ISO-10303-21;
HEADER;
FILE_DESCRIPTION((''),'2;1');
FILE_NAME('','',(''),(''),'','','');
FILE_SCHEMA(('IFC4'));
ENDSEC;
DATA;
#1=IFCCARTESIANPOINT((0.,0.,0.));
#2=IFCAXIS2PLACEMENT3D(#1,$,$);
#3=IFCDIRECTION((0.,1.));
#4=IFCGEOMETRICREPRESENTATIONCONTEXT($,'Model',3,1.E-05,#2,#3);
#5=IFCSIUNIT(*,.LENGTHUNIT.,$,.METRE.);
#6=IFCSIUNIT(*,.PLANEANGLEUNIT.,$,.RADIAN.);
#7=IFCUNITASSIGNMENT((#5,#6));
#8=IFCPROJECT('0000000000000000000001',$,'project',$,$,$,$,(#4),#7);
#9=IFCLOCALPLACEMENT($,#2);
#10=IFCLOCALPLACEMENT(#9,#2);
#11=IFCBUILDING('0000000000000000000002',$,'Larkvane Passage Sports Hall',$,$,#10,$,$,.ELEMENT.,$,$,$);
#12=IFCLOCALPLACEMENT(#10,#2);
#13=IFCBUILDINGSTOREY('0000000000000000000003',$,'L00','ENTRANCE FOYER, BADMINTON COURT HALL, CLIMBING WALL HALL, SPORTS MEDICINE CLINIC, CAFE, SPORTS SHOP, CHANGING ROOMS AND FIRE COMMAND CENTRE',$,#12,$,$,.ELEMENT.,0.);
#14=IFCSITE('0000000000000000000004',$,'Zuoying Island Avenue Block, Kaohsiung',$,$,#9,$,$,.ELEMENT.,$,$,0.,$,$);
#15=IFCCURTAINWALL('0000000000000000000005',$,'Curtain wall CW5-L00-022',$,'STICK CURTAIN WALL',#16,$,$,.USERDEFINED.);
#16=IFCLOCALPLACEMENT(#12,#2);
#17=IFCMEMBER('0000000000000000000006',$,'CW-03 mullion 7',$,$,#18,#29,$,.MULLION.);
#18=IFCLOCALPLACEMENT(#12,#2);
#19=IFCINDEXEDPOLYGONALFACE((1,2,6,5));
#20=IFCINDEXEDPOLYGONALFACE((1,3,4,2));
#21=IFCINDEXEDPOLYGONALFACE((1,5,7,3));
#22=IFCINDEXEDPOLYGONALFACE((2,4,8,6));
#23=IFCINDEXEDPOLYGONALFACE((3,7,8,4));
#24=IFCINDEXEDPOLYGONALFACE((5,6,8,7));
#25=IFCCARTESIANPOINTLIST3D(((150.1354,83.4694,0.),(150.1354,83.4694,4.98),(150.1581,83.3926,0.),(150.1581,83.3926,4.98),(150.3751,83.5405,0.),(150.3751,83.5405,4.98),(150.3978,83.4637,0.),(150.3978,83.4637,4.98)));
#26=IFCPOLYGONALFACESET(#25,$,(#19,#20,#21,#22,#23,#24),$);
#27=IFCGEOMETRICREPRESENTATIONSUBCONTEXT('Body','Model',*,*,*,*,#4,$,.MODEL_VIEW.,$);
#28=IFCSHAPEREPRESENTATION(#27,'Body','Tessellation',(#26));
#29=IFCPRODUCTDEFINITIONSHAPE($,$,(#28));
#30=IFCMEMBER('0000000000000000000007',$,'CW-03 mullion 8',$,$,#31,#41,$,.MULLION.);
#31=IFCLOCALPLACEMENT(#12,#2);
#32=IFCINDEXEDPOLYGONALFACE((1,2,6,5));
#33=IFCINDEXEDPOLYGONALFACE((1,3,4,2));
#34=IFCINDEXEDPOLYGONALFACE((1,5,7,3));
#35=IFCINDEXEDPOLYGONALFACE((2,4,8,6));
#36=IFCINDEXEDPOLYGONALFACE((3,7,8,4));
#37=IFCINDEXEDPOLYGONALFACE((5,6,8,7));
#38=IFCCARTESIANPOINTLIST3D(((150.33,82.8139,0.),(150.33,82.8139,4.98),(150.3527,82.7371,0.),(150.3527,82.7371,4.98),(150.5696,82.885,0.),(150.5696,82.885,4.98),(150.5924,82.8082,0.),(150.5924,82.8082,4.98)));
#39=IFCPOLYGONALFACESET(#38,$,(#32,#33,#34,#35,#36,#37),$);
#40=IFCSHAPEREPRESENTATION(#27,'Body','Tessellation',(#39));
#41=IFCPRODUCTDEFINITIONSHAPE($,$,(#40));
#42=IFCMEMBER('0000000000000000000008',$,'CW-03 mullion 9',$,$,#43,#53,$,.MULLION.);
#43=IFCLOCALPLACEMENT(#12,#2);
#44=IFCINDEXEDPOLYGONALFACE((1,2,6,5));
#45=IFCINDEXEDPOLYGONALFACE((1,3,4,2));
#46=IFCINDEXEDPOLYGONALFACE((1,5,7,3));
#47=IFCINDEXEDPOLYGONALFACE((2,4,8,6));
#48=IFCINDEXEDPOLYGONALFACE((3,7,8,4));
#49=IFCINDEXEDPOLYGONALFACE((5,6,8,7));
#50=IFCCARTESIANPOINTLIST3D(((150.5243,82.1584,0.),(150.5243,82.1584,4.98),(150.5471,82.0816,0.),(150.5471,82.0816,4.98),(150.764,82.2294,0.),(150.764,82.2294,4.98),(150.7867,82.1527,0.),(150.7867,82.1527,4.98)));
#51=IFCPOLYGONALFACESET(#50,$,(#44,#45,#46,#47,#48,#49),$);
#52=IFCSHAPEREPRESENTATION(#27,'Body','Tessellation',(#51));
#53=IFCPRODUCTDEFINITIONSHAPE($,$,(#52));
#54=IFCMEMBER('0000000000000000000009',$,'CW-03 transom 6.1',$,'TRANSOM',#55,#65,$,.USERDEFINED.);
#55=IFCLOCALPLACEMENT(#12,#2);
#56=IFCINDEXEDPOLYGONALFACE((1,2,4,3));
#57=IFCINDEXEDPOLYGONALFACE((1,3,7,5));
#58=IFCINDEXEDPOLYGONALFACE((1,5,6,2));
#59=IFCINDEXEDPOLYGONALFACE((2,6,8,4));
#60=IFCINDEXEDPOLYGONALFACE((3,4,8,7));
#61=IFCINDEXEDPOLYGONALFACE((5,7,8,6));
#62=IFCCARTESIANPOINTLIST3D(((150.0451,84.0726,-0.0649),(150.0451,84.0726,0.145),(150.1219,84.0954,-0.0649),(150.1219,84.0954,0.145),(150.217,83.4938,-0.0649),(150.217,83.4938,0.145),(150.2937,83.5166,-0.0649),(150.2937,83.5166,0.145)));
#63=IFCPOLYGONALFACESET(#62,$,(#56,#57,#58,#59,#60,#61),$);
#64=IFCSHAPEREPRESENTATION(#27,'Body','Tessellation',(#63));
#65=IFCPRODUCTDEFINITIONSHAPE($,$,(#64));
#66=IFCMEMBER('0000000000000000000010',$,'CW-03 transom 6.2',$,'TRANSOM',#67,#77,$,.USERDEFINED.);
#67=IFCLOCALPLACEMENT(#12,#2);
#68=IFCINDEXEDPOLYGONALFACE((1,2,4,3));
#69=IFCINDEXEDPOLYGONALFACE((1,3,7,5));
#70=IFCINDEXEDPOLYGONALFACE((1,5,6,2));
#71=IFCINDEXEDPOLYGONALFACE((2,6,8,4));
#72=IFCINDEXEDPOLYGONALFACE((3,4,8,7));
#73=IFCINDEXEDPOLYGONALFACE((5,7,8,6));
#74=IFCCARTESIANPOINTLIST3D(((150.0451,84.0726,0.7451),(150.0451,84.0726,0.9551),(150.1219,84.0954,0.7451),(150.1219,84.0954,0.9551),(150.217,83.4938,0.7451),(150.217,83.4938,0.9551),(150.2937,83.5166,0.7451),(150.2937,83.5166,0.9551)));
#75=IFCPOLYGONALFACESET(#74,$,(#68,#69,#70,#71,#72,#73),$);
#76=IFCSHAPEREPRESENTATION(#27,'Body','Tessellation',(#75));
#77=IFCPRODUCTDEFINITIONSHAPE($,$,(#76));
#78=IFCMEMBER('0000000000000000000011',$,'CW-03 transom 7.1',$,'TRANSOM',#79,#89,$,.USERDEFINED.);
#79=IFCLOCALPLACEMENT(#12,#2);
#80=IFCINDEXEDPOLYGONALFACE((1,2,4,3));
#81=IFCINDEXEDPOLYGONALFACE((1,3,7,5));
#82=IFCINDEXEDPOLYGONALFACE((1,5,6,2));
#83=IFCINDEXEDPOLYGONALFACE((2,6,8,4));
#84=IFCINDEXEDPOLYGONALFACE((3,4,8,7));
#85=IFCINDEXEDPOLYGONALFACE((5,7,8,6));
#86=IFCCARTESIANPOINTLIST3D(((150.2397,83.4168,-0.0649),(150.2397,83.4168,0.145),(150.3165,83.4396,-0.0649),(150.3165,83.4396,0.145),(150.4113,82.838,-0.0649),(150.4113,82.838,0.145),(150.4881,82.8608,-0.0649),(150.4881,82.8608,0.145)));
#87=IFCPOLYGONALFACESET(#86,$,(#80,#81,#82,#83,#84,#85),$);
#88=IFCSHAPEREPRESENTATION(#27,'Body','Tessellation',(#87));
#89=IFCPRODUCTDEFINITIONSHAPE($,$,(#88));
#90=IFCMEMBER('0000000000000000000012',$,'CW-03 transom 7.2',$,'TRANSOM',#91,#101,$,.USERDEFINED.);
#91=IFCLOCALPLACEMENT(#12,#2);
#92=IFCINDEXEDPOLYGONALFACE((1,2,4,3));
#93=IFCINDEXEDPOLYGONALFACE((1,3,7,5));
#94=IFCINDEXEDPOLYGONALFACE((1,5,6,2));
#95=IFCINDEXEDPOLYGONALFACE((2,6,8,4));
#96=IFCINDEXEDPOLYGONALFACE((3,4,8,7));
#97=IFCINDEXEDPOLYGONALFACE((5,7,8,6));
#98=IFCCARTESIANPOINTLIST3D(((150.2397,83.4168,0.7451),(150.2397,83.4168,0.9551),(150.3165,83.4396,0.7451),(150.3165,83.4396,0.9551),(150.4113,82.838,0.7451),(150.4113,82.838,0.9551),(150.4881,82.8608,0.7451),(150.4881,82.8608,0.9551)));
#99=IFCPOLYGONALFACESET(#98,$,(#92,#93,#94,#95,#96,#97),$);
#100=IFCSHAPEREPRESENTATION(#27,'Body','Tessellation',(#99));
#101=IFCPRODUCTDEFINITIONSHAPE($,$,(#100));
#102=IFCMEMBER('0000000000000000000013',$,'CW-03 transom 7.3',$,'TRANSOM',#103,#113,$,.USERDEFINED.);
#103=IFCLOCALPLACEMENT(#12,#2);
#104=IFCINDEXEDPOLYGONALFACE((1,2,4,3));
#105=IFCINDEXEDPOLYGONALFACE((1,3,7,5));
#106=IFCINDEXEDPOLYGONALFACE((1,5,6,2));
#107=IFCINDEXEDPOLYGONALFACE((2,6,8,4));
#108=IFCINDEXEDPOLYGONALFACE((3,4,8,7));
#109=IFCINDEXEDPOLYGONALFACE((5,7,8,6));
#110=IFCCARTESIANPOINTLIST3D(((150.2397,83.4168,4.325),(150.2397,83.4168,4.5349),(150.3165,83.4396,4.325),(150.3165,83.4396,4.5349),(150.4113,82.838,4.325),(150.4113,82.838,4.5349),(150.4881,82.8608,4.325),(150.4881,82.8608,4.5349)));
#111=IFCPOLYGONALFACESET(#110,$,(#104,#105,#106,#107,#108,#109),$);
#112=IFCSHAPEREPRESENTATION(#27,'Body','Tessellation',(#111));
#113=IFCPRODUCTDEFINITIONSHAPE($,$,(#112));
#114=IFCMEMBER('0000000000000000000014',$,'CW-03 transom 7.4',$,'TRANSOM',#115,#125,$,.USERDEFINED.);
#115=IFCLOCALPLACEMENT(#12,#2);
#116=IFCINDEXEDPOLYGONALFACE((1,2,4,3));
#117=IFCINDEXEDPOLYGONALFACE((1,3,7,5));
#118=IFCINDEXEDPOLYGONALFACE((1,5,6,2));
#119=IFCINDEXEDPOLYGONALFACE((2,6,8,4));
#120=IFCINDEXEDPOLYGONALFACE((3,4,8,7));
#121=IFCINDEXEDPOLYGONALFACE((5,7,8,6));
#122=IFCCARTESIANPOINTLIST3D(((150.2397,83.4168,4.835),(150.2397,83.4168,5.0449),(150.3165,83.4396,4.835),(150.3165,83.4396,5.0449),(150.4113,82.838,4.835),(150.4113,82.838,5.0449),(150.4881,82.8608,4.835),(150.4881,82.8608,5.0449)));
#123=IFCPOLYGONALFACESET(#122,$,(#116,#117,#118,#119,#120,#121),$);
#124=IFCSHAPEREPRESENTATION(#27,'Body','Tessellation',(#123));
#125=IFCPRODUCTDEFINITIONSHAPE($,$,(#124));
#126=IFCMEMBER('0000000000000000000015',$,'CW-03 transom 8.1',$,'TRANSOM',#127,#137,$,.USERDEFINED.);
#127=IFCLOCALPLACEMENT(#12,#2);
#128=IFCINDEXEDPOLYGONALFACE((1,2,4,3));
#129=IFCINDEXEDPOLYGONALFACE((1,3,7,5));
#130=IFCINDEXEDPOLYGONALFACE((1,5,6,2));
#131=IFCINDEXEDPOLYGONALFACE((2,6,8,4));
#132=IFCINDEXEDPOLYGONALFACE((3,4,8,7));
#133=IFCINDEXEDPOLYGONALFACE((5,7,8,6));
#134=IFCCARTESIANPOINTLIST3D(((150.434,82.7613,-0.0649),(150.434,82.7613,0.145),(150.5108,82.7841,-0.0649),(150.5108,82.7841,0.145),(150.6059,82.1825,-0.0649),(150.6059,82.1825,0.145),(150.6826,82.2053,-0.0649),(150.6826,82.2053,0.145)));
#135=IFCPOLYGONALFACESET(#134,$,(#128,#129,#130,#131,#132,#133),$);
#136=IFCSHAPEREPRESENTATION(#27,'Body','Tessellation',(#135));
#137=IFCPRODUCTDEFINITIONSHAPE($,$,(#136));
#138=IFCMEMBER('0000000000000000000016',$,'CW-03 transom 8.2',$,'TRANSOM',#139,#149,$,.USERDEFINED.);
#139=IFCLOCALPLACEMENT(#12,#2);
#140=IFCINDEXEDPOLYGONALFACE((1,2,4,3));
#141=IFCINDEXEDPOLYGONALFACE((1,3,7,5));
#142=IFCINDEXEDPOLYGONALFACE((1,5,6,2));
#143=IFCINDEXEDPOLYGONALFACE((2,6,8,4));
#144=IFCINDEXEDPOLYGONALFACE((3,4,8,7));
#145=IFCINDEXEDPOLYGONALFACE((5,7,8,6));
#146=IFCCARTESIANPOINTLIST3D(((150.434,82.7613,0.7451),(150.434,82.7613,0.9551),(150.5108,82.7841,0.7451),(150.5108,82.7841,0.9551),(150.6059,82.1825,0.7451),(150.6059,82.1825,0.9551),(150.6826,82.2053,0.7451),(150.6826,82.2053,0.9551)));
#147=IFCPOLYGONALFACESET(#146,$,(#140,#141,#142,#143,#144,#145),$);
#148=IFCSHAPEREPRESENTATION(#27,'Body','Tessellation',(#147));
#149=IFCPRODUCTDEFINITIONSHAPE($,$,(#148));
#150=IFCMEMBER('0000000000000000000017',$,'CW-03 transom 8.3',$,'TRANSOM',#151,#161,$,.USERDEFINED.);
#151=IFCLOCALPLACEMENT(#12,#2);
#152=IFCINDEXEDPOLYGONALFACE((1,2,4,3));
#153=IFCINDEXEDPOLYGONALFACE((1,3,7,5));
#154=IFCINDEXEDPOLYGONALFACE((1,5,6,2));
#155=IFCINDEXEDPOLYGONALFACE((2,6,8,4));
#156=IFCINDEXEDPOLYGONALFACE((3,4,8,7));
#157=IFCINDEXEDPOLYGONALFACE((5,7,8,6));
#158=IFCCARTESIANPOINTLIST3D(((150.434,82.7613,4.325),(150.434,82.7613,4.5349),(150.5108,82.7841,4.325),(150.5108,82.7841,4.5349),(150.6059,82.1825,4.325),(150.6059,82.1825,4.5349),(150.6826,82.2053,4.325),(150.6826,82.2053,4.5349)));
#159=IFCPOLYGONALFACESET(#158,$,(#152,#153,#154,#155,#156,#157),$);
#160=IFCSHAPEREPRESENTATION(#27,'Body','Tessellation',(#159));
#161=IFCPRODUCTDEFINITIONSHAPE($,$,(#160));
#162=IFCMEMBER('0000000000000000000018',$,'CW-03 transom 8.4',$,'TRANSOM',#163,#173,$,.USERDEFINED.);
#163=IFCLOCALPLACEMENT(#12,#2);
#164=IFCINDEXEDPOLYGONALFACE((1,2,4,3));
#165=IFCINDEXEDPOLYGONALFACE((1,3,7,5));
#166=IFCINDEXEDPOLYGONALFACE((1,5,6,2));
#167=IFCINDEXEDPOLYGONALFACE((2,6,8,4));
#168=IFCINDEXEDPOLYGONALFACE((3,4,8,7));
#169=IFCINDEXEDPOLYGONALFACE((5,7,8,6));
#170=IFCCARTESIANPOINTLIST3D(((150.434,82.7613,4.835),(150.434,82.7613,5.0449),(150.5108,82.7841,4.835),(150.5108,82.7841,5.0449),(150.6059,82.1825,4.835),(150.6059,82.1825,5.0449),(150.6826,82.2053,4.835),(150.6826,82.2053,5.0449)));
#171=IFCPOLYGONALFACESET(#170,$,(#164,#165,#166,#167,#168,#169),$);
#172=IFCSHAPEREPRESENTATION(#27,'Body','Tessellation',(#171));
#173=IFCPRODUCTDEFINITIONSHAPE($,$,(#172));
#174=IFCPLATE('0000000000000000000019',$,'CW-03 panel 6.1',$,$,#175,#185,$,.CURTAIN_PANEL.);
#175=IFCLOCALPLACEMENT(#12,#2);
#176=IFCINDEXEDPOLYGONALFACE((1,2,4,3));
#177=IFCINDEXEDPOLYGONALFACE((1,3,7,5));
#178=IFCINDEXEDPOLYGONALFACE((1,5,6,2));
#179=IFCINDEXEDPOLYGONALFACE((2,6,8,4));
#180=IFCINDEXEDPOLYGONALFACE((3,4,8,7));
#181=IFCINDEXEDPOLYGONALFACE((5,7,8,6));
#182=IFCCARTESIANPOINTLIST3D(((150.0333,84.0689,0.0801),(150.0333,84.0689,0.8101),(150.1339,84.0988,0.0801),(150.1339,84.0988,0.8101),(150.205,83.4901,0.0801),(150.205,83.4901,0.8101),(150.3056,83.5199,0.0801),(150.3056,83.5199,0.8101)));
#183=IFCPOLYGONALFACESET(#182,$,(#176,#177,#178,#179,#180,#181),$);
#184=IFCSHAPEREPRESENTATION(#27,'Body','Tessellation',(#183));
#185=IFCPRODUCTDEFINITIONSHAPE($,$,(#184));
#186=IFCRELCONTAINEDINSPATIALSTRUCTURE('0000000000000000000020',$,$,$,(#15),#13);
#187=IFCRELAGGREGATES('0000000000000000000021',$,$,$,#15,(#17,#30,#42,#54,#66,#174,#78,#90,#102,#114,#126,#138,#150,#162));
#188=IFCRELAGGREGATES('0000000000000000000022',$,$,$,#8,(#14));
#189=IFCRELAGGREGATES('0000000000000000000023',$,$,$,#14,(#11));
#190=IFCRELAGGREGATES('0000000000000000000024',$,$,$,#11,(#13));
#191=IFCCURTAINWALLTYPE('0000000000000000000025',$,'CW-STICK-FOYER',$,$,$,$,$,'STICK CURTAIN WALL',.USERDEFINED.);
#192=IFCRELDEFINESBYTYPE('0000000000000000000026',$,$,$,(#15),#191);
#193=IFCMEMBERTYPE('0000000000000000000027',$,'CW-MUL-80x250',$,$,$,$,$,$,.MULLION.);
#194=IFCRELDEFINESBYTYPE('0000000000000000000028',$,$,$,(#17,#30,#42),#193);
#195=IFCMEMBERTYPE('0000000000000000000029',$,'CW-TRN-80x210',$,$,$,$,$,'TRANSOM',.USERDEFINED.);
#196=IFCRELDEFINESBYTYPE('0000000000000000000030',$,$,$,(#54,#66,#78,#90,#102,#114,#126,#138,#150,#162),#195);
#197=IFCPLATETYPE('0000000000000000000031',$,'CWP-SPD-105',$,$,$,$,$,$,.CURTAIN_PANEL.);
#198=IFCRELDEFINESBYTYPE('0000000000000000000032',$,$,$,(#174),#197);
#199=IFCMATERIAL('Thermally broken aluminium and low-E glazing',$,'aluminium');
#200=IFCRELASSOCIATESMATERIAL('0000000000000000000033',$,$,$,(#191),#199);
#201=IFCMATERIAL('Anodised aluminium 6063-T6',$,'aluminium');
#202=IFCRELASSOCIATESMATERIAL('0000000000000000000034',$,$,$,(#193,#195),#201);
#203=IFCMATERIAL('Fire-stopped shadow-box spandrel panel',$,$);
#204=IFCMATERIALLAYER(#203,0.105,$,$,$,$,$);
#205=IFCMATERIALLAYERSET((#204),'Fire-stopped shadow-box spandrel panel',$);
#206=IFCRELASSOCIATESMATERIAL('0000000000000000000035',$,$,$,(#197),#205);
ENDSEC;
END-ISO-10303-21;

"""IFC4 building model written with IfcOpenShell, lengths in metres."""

from ifc_helpers import new_model, si_unit, direction, frame, origin, origin_2d, place, context, subcontext, project, spatial, rectangle, extrude, material, layer, layer_set, material_profile, profile_set, type_object, element, aggregate, save


model = new_model("IFC4")

# Units and contexts
model_context = context("Model", 3, precision=1e-05, world=origin(), true_north=direction((0.0, 1.0)))
body_context = subcontext(model_context, "Body", "Model", "MODEL_VIEW")
ifc_project = project(units=[si_unit("LENGTHUNIT", "METRE"), si_unit("PLANEANGLEUNIT", "RADIAN")], contexts=[model_context])

# Site, building, storey
site_placement = place(None, origin())
site = spatial("IfcSite", under=ifc_project, at=site_placement, Name="Zuoying Island Avenue Block, Kaohsiung", CompositionType="ELEMENT", RefElevation=0.0)
building_placement = place(site_placement, origin())
building = spatial("IfcBuilding", under=site, at=building_placement, Name="Larkvane Passage Sports Hall", CompositionType="ELEMENT")
storey_placement = place(building_placement, origin())
storey = spatial("IfcBuildingStorey", under=building, at=storey_placement, Name="L00", Description="ENTRANCE FOYER, BADMINTON COURT HALL, CLIMBING WALL HALL, SPORTS MEDICINE CLINIC, CAFE, SPORTS SHOP, CHANGING ROOMS AND FIRE COMMAND CENTRE", CompositionType="ELEMENT", Elevation=0.0)

# Curtain wall, members, plate
ifc_material_1 = material(Name="Thermally broken aluminium and low-E glazing", Category="aluminium")
curtain_wall_type = type_object("IfcCurtainWallType", Name="CW-STICK-FOYER", ElementType="STICK CURTAIN WALL", PredefinedType="USERDEFINED", material=ifc_material_1)
curtain_wall_placement = place(storey_placement, origin())
curtain_wall = element("IfcCurtainWall", 1, at=curtain_wall_placement, inside=storey, type_object=curtain_wall_type, Name="Curtain wall CW5-L00-022", ObjectType="STICK CURTAIN WALL", PredefinedType="USERDEFINED")
ifc_material_2 = material(Name="Anodised aluminium 6063-T6", Category="aluminium")
ifc_material_profile_1 = material_profile(ifc_material_2, rectangle(XDim=0.0801, YDim=0.25, at=origin_2d()), Name="ALU-MUL-80x250")
ifc_profile_set_1 = profile_set([ifc_material_profile_1], Name="Anodised aluminium 6063-T6")
member_type_1 = type_object("IfcMemberType", Name="CW-MUL-80x250", PredefinedType="MULLION", material=ifc_profile_set_1)
member_1_placement = place(storey_placement, frame((150.2666, 83.4666, 0.0), z_axis=(0.0, 0.0, 1.0), x_axis=(0.284365, -0.958716, 0.0)))
member_1 = element("IfcMember", 2, at=member_1_placement, type_object=member_type_1, Name="CW-03 mullion 7", PredefinedType="MULLION", context=body_context, shape_type="SweptSolid", body=[
    extrude(rectangle(XDim=0.0801, YDim=0.25, at=origin_2d()), origin(), (0.0, 0.0, 1.0), 4.98),
])
member_2_placement = place(storey_placement, frame((150.4612, 82.811, 0.0), z_axis=(0.0, 0.0, 1.0), x_axis=(0.284365, -0.958716, 0.0)))
member_2 = element("IfcMember", 3, at=member_2_placement, type_object=member_type_1, Name="CW-03 mullion 8", PredefinedType="MULLION", context=body_context, shape_type="SweptSolid", body=[
    extrude(rectangle(XDim=0.0801, YDim=0.25, at=origin_2d()), origin(), (0.0, 0.0, 1.0), 4.98),
])
member_3_placement = place(storey_placement, frame((150.6555, 82.1555, 0.0), z_axis=(0.0, 0.0, 1.0), x_axis=(0.284365, -0.958716, 0.0)))
member_3 = element("IfcMember", 4, at=member_3_placement, type_object=member_type_1, Name="CW-03 mullion 9", PredefinedType="MULLION", context=body_context, shape_type="SweptSolid", body=[
    extrude(rectangle(XDim=0.0801, YDim=0.25, at=origin_2d()), origin(), (0.0, 0.0, 1.0), 4.98),
])
ifc_material_profile_2 = material_profile(ifc_material_2, rectangle(XDim=0.0801, YDim=0.21, at=origin_2d()), Name="ALU-TRN-80x210")
ifc_profile_set_2 = profile_set([ifc_material_profile_2], Name="Anodised aluminium 6063-T6")
member_type_2 = type_object("IfcMemberType", Name="CW-TRN-80x210", ElementType="TRANSOM", PredefinedType="USERDEFINED", material=ifc_profile_set_2)
member_4_placement = place(storey_placement, frame((150.0835, 84.084, 0.04), z_axis=(0.284639, -0.958635, 0.0), x_axis=(0.958635, 0.284639, 0.0)))
member_4 = element("IfcMember", 5, at=member_4_placement, type_object=member_type_2, Name="CW-03 transom 6.1", ObjectType="TRANSOM", PredefinedType="USERDEFINED", context=body_context, shape_type="SweptSolid", body=[
    extrude(rectangle(XDim=0.0801, YDim=0.21, at=origin_2d()), origin(), (0.0, 0.0, 1.0), 0.6038),
])
member_5_placement = place(storey_placement, frame((150.0835, 84.084, 0.8501), z_axis=(0.284639, -0.958635, 0.0), x_axis=(0.958635, 0.284639, 0.0)))
member_5 = element("IfcMember", 6, at=member_5_placement, type_object=member_type_2, Name="CW-03 transom 6.2", ObjectType="TRANSOM", PredefinedType="USERDEFINED", context=body_context, shape_type="SweptSolid", body=[
    extrude(rectangle(XDim=0.0801, YDim=0.21, at=origin_2d()), origin(), (0.0, 0.0, 1.0), 0.6038),
])
member_6_placement = place(storey_placement, frame((150.2781, 83.4282, 0.04), z_axis=(0.284267, -0.958745, 0.0), x_axis=(0.958745, 0.284267, 0.0)))
member_6 = element("IfcMember", 7, at=member_6_placement, type_object=member_type_2, Name="CW-03 transom 7.1", ObjectType="TRANSOM", PredefinedType="USERDEFINED", context=body_context, shape_type="SweptSolid", body=[
    extrude(rectangle(XDim=0.0801, YDim=0.21, at=origin_2d()), origin(), (0.0, 0.0, 1.0), 0.6038),
])
member_7_placement = place(storey_placement, frame((150.2781, 83.4282, 0.8501), z_axis=(0.284267, -0.958745, 0.0), x_axis=(0.958745, 0.284267, 0.0)))
member_7 = element("IfcMember", 8, at=member_7_placement, type_object=member_type_2, Name="CW-03 transom 7.2", ObjectType="TRANSOM", PredefinedType="USERDEFINED", context=body_context, shape_type="SweptSolid", body=[
    extrude(rectangle(XDim=0.0801, YDim=0.21, at=origin_2d()), origin(), (0.0, 0.0, 1.0), 0.6038),
])
member_8_placement = place(storey_placement, frame((150.2781, 83.4282, 4.4299), z_axis=(0.284267, -0.958745, 0.0), x_axis=(0.958745, 0.284267, 0.0)))
member_8 = element("IfcMember", 9, at=member_8_placement, type_object=member_type_2, Name="CW-03 transom 7.3", ObjectType="TRANSOM", PredefinedType="USERDEFINED", context=body_context, shape_type="SweptSolid", body=[
    extrude(rectangle(XDim=0.0801, YDim=0.21, at=origin_2d()), origin(), (0.0, 0.0, 1.0), 0.6038),
])
member_9_placement = place(storey_placement, frame((150.2781, 83.4282, 4.9399), z_axis=(0.284267, -0.958745, 0.0), x_axis=(0.958745, 0.284267, 0.0)))
member_9 = element("IfcMember", 10, at=member_9_placement, type_object=member_type_2, Name="CW-03 transom 7.4", ObjectType="TRANSOM", PredefinedType="USERDEFINED", context=body_context, shape_type="SweptSolid", body=[
    extrude(rectangle(XDim=0.0801, YDim=0.21, at=origin_2d()), origin(), (0.0, 0.0, 1.0), 0.6038),
])
member_10_placement = place(storey_placement, frame((150.4724, 82.7727, 0.04), z_axis=(0.284639, -0.958635, 0.0), x_axis=(0.958635, 0.284639, 0.0)))
member_10 = element("IfcMember", 11, at=member_10_placement, type_object=member_type_2, Name="CW-03 transom 8.1", ObjectType="TRANSOM", PredefinedType="USERDEFINED", context=body_context, shape_type="SweptSolid", body=[
    extrude(rectangle(XDim=0.0801, YDim=0.21, at=origin_2d()), origin(), (0.0, 0.0, 1.0), 0.6038),
])
member_11_placement = place(storey_placement, frame((150.4724, 82.7727, 0.8501), z_axis=(0.284639, -0.958635, 0.0), x_axis=(0.958635, 0.284639, 0.0)))
member_11 = element("IfcMember", 12, at=member_11_placement, type_object=member_type_2, Name="CW-03 transom 8.2", ObjectType="TRANSOM", PredefinedType="USERDEFINED", context=body_context, shape_type="SweptSolid", body=[
    extrude(rectangle(XDim=0.0801, YDim=0.21, at=origin_2d()), origin(), (0.0, 0.0, 1.0), 0.6038),
])
member_12_placement = place(storey_placement, frame((150.4724, 82.7727, 4.4299), z_axis=(0.284639, -0.958635, 0.0), x_axis=(0.958635, 0.284639, 0.0)))
member_12 = element("IfcMember", 13, at=member_12_placement, type_object=member_type_2, Name="CW-03 transom 8.3", ObjectType="TRANSOM", PredefinedType="USERDEFINED", context=body_context, shape_type="SweptSolid", body=[
    extrude(rectangle(XDim=0.0801, YDim=0.21, at=origin_2d()), origin(), (0.0, 0.0, 1.0), 0.6038),
])
member_13_placement = place(storey_placement, frame((150.4724, 82.7727, 4.9399), z_axis=(0.284639, -0.958635, 0.0), x_axis=(0.958635, 0.284639, 0.0)))
member_13 = element("IfcMember", 14, at=member_13_placement, type_object=member_type_2, Name="CW-03 transom 8.4", ObjectType="TRANSOM", PredefinedType="USERDEFINED", context=body_context, shape_type="SweptSolid", body=[
    extrude(rectangle(XDim=0.0801, YDim=0.21, at=origin_2d()), origin(), (0.0, 0.0, 1.0), 0.6038),
])
ifc_material_3 = material(Name="Fire-stopped shadow-box spandrel panel")
ifc_layer_1 = layer(ifc_material_3, 0.105)
ifc_layer_set_1 = layer_set([ifc_layer_1], Name="Fire-stopped shadow-box spandrel panel")
plate_type_1 = type_object("IfcPlateType", Name="CWP-SPD-105", PredefinedType="CURTAIN_PANEL", material=ifc_layer_set_1)
plate_1_placement = place(storey_placement, frame((150.1694, 83.7944, 0.0801), z_axis=(0.0, 0.0, 1.0), x_axis=(0.284365, -0.958716, 0.0)))
plate_1 = element("IfcPlate", 15, at=plate_1_placement, type_object=plate_type_1, Name="CW-03 panel 6.1", PredefinedType="CURTAIN_PANEL", context=body_context, shape_type="SweptSolid", body=[
    extrude(rectangle(XDim=0.6038, YDim=0.105, at=origin_2d()), origin(), (0.0, 0.0, 1.0), 0.73),
])
aggregate(curtain_wall, [member_1, member_2, member_3, member_4, member_5, plate_1, member_6, member_7, member_8, member_9, member_10, member_11, member_12, member_13])

save(model, "model.ifc")
